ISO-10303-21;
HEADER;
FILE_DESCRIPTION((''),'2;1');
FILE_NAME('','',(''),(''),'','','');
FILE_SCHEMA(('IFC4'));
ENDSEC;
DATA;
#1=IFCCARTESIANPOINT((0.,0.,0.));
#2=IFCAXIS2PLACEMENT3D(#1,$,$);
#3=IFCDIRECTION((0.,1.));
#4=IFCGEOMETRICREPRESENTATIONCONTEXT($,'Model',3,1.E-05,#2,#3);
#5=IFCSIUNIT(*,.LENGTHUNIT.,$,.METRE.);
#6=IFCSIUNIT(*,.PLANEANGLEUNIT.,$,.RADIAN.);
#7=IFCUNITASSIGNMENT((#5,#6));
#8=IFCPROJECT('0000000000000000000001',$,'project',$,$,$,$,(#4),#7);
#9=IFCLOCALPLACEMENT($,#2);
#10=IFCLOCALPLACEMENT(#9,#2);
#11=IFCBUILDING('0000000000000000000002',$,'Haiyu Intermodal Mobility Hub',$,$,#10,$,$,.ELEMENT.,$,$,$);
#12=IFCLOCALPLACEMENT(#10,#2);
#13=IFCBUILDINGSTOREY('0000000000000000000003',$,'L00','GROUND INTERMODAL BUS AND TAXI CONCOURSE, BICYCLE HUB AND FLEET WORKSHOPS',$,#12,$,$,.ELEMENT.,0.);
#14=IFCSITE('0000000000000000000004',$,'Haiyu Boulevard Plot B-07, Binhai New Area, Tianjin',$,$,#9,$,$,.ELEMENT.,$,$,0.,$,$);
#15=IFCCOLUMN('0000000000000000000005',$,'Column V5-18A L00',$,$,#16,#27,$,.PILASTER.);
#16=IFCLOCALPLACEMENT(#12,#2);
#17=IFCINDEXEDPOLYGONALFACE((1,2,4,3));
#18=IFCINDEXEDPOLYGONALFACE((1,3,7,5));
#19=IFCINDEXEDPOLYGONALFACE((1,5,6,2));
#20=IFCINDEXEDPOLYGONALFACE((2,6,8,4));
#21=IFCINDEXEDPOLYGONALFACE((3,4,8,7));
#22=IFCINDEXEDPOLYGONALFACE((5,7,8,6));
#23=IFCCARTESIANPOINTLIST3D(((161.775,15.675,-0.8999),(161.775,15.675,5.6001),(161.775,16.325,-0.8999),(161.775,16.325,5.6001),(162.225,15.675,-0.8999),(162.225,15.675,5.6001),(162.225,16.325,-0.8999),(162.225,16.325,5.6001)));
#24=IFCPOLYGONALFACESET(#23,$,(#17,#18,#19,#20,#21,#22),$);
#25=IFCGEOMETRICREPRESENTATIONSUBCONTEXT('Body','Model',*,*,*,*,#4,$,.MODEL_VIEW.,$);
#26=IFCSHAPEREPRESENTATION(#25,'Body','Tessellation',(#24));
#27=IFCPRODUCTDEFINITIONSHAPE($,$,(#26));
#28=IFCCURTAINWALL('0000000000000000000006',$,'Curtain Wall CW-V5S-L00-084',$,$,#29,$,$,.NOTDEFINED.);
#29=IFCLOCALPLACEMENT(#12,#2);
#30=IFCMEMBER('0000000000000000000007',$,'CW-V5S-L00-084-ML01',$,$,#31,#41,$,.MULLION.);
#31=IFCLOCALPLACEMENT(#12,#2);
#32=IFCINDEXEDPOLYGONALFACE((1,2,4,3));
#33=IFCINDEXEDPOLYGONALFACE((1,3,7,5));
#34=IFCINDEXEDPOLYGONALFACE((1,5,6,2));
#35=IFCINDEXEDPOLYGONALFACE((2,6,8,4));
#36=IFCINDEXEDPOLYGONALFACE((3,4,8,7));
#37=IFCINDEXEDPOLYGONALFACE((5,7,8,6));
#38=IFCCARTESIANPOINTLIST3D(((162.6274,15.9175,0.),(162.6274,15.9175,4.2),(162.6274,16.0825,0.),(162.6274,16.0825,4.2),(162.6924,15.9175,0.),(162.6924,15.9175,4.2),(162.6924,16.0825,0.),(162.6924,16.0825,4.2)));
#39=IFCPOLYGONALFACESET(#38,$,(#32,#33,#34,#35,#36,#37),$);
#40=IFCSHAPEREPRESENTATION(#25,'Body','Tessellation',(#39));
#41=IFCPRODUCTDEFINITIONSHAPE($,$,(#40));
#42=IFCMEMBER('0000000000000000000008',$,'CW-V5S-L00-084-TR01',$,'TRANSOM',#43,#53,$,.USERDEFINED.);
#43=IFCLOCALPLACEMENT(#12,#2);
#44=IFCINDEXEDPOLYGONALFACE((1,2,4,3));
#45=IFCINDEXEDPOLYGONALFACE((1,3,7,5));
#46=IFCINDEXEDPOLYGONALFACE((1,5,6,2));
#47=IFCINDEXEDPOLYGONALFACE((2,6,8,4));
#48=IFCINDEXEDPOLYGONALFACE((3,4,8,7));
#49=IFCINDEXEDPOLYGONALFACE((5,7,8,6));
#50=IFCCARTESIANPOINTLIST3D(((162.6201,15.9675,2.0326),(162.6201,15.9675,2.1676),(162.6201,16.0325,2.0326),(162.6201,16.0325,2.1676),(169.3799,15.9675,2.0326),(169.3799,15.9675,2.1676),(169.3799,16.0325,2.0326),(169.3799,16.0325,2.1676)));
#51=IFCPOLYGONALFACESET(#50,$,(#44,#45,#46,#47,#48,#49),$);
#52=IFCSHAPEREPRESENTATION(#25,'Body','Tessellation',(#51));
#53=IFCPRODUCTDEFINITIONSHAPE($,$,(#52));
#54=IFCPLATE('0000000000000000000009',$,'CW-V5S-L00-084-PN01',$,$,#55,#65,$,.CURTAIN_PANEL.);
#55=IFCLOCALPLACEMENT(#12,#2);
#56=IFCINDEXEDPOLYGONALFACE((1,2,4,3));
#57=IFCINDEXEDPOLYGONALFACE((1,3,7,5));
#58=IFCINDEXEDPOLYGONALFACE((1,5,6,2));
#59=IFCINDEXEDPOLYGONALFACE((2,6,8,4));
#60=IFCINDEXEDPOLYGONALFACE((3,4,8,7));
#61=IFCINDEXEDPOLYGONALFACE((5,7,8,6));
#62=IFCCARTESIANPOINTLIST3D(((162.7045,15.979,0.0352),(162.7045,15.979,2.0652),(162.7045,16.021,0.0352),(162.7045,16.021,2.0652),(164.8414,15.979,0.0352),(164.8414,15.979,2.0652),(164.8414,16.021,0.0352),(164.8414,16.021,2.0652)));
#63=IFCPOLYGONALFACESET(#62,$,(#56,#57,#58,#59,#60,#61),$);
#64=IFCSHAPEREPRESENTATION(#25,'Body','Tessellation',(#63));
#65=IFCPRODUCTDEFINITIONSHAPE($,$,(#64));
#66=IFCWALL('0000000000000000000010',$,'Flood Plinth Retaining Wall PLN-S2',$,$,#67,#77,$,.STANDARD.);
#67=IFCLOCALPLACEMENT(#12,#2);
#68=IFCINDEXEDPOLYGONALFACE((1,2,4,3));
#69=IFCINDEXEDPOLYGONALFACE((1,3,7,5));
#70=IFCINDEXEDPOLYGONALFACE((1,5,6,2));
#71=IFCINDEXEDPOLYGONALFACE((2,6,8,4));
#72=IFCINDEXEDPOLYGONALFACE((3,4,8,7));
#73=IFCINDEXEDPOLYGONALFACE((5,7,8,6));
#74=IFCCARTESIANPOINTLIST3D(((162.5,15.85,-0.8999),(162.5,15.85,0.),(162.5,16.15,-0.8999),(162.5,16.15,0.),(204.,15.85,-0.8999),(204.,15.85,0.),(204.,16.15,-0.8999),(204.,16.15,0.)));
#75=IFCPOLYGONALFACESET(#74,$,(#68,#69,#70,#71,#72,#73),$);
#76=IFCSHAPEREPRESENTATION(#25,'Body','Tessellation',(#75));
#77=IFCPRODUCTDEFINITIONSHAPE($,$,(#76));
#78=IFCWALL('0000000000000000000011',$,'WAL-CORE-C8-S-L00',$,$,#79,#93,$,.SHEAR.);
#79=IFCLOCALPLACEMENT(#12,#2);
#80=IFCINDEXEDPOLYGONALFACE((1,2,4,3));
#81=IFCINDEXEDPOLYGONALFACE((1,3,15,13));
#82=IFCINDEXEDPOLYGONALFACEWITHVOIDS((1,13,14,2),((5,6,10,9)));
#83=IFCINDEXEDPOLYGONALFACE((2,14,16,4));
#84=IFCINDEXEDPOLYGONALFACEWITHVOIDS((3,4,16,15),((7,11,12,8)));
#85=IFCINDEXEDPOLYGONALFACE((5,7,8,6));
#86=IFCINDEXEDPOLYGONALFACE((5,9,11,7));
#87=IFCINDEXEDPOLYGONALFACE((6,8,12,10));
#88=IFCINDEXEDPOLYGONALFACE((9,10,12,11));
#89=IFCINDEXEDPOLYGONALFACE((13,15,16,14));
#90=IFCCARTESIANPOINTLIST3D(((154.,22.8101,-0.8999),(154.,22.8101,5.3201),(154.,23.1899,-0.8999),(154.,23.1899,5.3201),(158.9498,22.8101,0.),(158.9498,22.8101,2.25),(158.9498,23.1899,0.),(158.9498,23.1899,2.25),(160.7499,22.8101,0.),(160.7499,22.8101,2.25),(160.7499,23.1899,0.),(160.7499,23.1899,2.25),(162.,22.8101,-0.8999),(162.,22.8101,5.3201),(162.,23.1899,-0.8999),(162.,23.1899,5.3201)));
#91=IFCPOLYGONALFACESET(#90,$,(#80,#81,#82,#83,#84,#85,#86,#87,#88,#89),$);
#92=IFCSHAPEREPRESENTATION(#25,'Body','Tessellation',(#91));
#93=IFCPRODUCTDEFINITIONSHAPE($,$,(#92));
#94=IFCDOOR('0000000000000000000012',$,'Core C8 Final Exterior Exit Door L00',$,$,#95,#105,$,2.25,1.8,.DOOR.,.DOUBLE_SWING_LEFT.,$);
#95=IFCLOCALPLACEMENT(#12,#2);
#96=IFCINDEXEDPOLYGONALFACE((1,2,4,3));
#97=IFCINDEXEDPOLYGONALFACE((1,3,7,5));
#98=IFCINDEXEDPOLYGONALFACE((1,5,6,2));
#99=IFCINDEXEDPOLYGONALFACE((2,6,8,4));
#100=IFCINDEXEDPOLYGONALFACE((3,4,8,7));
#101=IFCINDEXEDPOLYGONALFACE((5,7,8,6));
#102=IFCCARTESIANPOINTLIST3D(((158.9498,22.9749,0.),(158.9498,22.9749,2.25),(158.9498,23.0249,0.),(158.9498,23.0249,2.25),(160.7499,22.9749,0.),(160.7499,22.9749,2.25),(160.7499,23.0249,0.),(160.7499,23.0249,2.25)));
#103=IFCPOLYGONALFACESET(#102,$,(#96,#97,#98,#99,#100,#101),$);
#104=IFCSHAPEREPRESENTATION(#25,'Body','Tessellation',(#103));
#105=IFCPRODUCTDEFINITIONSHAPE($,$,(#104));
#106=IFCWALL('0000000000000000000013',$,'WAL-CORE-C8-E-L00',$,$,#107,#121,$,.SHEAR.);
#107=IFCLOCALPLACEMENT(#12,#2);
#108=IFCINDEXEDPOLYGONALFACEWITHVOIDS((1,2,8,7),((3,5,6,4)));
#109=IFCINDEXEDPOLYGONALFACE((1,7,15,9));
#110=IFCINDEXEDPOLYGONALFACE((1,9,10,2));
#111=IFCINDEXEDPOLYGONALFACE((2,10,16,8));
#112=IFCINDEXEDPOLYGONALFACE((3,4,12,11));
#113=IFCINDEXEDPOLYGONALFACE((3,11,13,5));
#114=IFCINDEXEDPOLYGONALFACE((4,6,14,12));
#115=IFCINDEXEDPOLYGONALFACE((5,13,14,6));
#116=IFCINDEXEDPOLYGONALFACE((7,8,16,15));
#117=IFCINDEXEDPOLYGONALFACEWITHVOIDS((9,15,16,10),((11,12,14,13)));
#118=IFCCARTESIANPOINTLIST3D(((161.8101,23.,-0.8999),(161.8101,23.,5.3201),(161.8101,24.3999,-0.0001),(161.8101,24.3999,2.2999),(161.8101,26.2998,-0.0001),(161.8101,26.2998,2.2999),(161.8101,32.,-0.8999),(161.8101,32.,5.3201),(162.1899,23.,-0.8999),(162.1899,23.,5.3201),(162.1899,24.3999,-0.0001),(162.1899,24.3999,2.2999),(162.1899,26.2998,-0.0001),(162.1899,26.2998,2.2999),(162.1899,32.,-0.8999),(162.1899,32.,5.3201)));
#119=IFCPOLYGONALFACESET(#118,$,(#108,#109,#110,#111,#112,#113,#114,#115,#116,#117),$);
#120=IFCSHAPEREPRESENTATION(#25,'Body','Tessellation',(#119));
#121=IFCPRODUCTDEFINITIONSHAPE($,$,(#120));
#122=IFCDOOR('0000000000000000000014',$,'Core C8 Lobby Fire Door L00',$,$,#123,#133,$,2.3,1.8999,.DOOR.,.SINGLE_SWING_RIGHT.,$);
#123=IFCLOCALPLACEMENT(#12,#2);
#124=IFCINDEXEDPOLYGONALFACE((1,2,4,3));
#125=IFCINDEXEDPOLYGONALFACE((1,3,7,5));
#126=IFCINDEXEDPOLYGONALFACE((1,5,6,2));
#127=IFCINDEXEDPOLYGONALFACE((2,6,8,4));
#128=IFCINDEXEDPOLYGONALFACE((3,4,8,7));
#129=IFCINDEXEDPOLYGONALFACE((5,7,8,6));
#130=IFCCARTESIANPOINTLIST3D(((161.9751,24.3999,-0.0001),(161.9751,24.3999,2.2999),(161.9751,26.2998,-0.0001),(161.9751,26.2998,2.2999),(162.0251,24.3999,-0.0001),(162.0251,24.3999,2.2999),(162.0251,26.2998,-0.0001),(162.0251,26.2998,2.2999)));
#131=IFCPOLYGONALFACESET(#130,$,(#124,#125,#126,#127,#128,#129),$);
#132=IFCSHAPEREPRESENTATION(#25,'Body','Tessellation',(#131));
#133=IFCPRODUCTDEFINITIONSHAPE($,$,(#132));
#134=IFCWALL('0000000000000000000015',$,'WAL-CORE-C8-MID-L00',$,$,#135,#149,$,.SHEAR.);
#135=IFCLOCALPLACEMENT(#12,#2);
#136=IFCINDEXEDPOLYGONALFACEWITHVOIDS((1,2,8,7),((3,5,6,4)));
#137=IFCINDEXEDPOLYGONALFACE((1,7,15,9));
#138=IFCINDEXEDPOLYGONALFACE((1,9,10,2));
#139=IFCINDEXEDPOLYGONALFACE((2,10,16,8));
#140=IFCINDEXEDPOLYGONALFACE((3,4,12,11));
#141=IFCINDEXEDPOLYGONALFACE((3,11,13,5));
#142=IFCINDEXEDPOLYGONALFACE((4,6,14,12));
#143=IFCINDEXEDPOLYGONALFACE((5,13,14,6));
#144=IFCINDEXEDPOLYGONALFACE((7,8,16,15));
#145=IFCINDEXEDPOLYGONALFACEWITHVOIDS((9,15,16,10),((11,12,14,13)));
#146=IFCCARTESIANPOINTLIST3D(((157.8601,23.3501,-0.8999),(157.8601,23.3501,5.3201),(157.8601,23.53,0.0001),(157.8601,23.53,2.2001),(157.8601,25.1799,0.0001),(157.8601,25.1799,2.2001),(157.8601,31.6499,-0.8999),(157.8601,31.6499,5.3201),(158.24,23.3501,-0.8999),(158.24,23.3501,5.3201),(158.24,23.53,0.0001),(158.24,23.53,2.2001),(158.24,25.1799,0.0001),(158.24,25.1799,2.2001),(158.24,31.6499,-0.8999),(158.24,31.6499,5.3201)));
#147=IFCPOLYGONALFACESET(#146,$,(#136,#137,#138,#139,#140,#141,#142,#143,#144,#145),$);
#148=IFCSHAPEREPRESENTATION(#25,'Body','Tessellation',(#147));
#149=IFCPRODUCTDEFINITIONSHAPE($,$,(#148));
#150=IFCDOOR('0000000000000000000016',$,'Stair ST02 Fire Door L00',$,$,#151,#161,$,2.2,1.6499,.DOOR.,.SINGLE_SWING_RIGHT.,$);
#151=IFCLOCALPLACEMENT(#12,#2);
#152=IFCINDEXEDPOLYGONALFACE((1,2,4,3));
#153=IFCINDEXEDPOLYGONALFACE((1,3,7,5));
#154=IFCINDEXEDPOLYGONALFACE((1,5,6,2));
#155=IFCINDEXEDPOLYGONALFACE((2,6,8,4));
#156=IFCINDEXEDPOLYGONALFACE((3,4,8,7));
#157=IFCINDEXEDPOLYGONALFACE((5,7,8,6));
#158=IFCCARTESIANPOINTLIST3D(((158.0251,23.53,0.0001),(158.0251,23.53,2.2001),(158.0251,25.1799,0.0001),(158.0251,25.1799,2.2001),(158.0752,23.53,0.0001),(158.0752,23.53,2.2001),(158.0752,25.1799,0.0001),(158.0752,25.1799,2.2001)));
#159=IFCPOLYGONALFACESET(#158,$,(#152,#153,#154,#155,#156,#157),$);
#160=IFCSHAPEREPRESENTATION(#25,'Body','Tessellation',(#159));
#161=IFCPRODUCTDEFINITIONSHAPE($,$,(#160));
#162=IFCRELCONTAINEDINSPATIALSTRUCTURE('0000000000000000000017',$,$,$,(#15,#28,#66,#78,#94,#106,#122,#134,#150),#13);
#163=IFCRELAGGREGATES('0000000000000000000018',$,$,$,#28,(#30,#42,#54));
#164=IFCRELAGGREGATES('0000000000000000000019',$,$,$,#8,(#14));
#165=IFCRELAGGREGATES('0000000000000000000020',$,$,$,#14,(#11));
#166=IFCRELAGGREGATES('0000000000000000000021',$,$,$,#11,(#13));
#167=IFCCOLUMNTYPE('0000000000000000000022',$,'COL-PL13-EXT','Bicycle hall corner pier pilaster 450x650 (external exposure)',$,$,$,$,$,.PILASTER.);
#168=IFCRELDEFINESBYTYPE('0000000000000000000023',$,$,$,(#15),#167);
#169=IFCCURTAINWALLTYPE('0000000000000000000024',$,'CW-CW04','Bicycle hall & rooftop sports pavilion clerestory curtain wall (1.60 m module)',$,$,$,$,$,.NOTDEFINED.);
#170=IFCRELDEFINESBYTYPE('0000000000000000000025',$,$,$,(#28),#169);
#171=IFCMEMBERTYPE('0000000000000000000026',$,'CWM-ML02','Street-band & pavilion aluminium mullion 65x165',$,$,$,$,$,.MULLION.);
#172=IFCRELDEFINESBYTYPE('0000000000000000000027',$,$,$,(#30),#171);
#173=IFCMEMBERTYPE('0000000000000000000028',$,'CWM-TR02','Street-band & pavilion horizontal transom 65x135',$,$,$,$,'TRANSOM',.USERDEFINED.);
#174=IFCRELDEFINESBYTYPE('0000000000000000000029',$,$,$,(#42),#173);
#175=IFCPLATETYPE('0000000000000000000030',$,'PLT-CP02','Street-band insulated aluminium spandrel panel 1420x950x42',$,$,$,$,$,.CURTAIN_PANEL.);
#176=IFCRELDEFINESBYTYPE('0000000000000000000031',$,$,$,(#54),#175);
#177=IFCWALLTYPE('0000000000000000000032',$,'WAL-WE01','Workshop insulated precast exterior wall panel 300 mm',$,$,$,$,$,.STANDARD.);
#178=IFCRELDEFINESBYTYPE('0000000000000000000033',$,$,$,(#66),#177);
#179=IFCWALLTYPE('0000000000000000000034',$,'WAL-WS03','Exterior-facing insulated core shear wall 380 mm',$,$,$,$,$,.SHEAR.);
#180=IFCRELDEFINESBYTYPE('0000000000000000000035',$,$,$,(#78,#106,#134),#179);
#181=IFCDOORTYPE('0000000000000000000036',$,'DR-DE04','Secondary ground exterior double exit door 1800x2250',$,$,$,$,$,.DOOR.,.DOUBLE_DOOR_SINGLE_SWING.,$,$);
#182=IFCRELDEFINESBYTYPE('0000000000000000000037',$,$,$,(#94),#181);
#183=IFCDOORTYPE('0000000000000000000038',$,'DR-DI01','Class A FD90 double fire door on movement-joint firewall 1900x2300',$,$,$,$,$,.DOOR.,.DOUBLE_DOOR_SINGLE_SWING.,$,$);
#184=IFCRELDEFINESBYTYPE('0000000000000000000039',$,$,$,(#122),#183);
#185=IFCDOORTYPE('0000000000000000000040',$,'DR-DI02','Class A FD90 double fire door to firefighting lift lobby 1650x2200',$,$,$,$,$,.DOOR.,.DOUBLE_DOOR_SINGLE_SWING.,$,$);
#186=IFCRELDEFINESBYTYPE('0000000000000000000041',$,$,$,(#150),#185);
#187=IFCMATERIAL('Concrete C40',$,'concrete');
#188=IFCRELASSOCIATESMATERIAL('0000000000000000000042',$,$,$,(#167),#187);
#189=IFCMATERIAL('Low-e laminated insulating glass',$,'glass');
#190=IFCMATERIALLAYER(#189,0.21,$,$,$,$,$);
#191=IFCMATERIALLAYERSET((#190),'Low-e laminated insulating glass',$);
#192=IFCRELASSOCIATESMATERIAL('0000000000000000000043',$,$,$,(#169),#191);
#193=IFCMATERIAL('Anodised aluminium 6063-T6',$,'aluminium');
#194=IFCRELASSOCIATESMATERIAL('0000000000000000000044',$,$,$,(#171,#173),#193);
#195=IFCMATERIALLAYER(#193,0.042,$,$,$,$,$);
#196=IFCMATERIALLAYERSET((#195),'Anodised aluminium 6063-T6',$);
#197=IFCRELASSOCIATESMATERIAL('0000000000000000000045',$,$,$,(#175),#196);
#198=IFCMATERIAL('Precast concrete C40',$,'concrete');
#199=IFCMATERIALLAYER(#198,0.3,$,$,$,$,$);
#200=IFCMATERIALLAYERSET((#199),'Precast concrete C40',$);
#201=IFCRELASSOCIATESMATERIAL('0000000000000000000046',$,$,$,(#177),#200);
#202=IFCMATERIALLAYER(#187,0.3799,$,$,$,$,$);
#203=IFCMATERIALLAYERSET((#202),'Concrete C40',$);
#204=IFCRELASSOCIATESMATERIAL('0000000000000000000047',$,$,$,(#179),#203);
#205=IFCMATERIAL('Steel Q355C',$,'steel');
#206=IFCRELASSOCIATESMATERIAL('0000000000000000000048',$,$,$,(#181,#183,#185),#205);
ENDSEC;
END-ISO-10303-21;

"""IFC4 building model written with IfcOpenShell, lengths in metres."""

from ifc_helpers import new_model, si_unit, direction, frame, frame_2d, origin, origin_2d, place, context, subcontext, project, spatial, rectangle, extrude, material, layer, layer_set, material_profile, profile_set, type_object, element, fill, aggregate, save


model = new_model("IFC4")

# Units and contexts
model_context = context("Model", 3, precision=1e-05, world=origin(), true_north=direction((0.0, 1.0)))
body_context = subcontext(model_context, "Body", "Model", "MODEL_VIEW")
ifc_project = project(units=[si_unit("LENGTHUNIT", "METRE"), si_unit("PLANEANGLEUNIT", "RADIAN")], contexts=[model_context])

# Site, building, storey
site_placement = place(None, origin())
site = spatial("IfcSite", under=ifc_project, at=site_placement, Name="Haiyu Boulevard Plot B-07, Binhai New Area, Tianjin", CompositionType="ELEMENT", RefElevation=0.0)
building_placement = place(site_placement, origin())
building = spatial("IfcBuilding", under=site, at=building_placement, Name="Haiyu Intermodal Mobility Hub", CompositionType="ELEMENT")
storey_placement = place(building_placement, origin())
storey = spatial("IfcBuildingStorey", under=building, at=storey_placement, Name="L00", Description="GROUND INTERMODAL BUS AND TAXI CONCOURSE, BICYCLE HUB AND FLEET WORKSHOPS", CompositionType="ELEMENT", Elevation=0.0)

# Shared definitions
ifc_material_1 = material(Name="Concrete C40", Category="concrete")

# Column
ifc_material_profile_1 = material_profile(ifc_material_1, rectangle(XDim=0.45, YDim=0.6499, at=origin_2d()), Name="C450x650")
ifc_profile_set_1 = profile_set([ifc_material_profile_1], Name="Concrete C40")
column_type_1 = type_object("IfcColumnType", Name="COL-PL13-EXT", Description="Bicycle hall corner pier pilaster 450x650 (external exposure)", PredefinedType="PILASTER", material=ifc_profile_set_1)
column_1_placement = place(storey_placement, frame((162.0, 16.0, -0.8999), z_axis=(0.0, 0.0, 1.0), x_axis=(1.0, 0.0, 0.0)))
element("IfcColumn", 1, at=column_1_placement, inside=storey, type_object=column_type_1, Name="Column V5-18A L00", PredefinedType="PILASTER", context=body_context, shape_type="SweptSolid", body=[
    extrude(rectangle(XDim=0.45, YDim=0.6499, at=origin_2d()), origin(), (0.0, 0.0, 1.0), 6.5),
])

# Curtain wall, members, plate
ifc_material_2 = material(Name="Low-e laminated insulating glass", Category="glass")
ifc_layer_1 = layer(ifc_material_2, 0.21)
ifc_layer_set_1 = layer_set([ifc_layer_1], Name="Low-e laminated insulating glass")
curtain_wall_type = type_object("IfcCurtainWallType", Name="CW-CW04", Description="Bicycle hall & rooftop sports pavilion clerestory curtain wall (1.60 m module)", PredefinedType="NOTDEFINED", material=ifc_layer_set_1)
curtain_wall_placement = place(storey_placement, origin())
curtain_wall = element("IfcCurtainWall", 2, at=curtain_wall_placement, inside=storey, type_object=curtain_wall_type, Name="Curtain Wall CW-V5S-L00-084", PredefinedType="NOTDEFINED")
ifc_material_3 = material(Name="Anodised aluminium 6063-T6", Category="aluminium")
ifc_material_profile_2 = material_profile(ifc_material_3, rectangle(XDim=0.0649, YDim=0.165, at=origin_2d()), Name="ALU65x165")
ifc_profile_set_2 = profile_set([ifc_material_profile_2], Name="Anodised aluminium 6063-T6")
member_type_1 = type_object("IfcMemberType", Name="CWM-ML02", Description="Street-band & pavilion aluminium mullion 65x165", PredefinedType="MULLION", material=ifc_profile_set_2)
member_1_placement = place(storey_placement, frame((162.6599, 16.0, 0.0), z_axis=(0.0, 0.0, 1.0), x_axis=(1.0, 0.0, 0.0)))
member_1 = element("IfcMember", 3, at=member_1_placement, type_object=member_type_1, Name="CW-V5S-L00-084-ML01", PredefinedType="MULLION", context=body_context, shape_type="SweptSolid", body=[
    extrude(rectangle(XDim=0.0649, YDim=0.165, at=origin_2d()), origin(), (0.0, 0.0, 1.0), 4.2),
])
ifc_material_profile_3 = material_profile(ifc_material_3, rectangle(XDim=0.0649, YDim=0.135, at=origin_2d()), Name="ALU65x135")
ifc_profile_set_3 = profile_set([ifc_material_profile_3], Name="Anodised aluminium 6063-T6")
member_type_2 = type_object("IfcMemberType", Name="CWM-TR02", Description="Street-band & pavilion horizontal transom 65x135", ElementType="TRANSOM", PredefinedType="USERDEFINED", material=ifc_profile_set_3)
member_2_placement = place(storey_placement, frame((162.6201, 16.0, 2.1001), z_axis=(1.0, 0.0, 0.0), x_axis=(0.0, 1.0, 0.0)))
member_2 = element("IfcMember", 4, at=member_2_placement, type_object=member_type_2, Name="CW-V5S-L00-084-TR01", ObjectType="TRANSOM", PredefinedType="USERDEFINED", context=body_context, shape_type="SweptSolid", body=[
    extrude(rectangle(XDim=0.0649, YDim=0.135, at=origin_2d()), origin(), (0.0, 0.0, 1.0), 6.7598),
])
ifc_layer_2 = layer(ifc_material_3, 0.042)
ifc_layer_set_2 = layer_set([ifc_layer_2], Name="Anodised aluminium 6063-T6")
plate_type = type_object("IfcPlateType", Name="PLT-CP02", Description="Street-band insulated aluminium spandrel panel 1420x950x42", PredefinedType="CURTAIN_PANEL", material=ifc_layer_set_2)
plate_placement = place(storey_placement, frame((163.7729, 16.0, 0.0352), z_axis=(0.0, 0.0, 1.0), x_axis=(1.0, 0.0, 0.0)))
plate = element("IfcPlate", 5, at=plate_placement, type_object=plate_type, Name="CW-V5S-L00-084-PN01", PredefinedType="CURTAIN_PANEL", context=body_context, shape_type="SweptSolid", body=[
    extrude(rectangle(XDim=2.137, YDim=0.042, at=origin_2d()), origin(), (0.0, 0.0, 1.0), 2.03),
])
aggregate(curtain_wall, [member_1, member_2, plate])

# Wall
ifc_material_4 = material(Name="Precast concrete C40", Category="concrete")
ifc_layer_3 = layer(ifc_material_4, 0.3)
ifc_layer_set_3 = layer_set([ifc_layer_3], Name="Precast concrete C40")
wall_type_1 = type_object("IfcWallType", Name="WAL-WE01", Description="Workshop insulated precast exterior wall panel 300 mm", PredefinedType="STANDARD", material=ifc_layer_set_3)
wall_1_placement = place(storey_placement, frame((162.5, 16.0, -0.8999), z_axis=(0.0, 0.0, 1.0), x_axis=(1.0, 0.0, 0.0)))
element("IfcWall", 6, at=wall_1_placement, inside=storey, type_object=wall_type_1, Name="Flood Plinth Retaining Wall PLN-S2", PredefinedType="STANDARD", context=body_context, shape_type="SweptSolid", body=[
    extrude(rectangle(XDim=41.5, YDim=0.3, at=frame_2d((20.75, 0.0))), origin(), (0.0, 0.0, 1.0), 0.8999),
])

# Walls, openings, doors
ifc_layer_4 = layer(ifc_material_1, 0.3799)
ifc_layer_set_4 = layer_set([ifc_layer_4], Name="Concrete C40")
wall_type_2 = type_object("IfcWallType", Name="WAL-WS03", Description="Exterior-facing insulated core shear wall 380 mm", PredefinedType="SHEAR", material=ifc_layer_set_4)
wall_2_placement = place(storey_placement, frame((154.0, 23.0, -0.8999), z_axis=(0.0, 0.0, 1.0), x_axis=(1.0, 0.0, 0.0)))
wall_2 = element("IfcWall", 7, at=wall_2_placement, inside=storey, type_object=wall_type_2, Name="WAL-CORE-C8-S-L00", PredefinedType="SHEAR", context=body_context, shape_type="SweptSolid", body=[
    extrude(rectangle(XDim=8.0, YDim=0.3799, at=frame_2d((4.0, 0.0))), origin(), (0.0, 0.0, 1.0), 6.22),
])
opening_1_placement = place(wall_2_placement, frame((4.95, 0.0, 0.8999)))
opening_1 = element("IfcOpeningElement", 8, at=opening_1_placement, cuts=wall_2, PredefinedType="OPENING", context=body_context, shape_type="SweptSolid", body=[
    extrude(rectangle(XDim=1.8, YDim=2.25, at=frame_2d((0.8999, 1.125))), frame((0.0, 0.2, 0.0), z_axis=(0.0, -1.0, 0.0), x_axis=(1.0, 0.0, 0.0)), (0.0, 0.0, 1.0), 0.3999),
])
ifc_material_5 = material(Name="Steel Q355C", Category="steel")
door_type_1 = type_object("IfcDoorType", Name="DR-DE04", Description="Secondary ground exterior double exit door 1800x2250", OperationType="DOUBLE_DOOR_SINGLE_SWING", PredefinedType="DOOR", material=ifc_material_5)
door_1_placement = place(opening_1_placement, origin())
door_1 = element("IfcDoor", 9, at=door_1_placement, inside=storey, type_object=door_type_1, Name="Core C8 Final Exterior Exit Door L00", OperationType="DOUBLE_SWING_LEFT", OverallHeight=2.25, OverallWidth=1.8, PredefinedType="DOOR", context=body_context, shape_type="SweptSolid", body=[
    extrude(rectangle(XDim=1.8, YDim=2.25, at=frame_2d((0.8999, 1.125))), frame((0.0, 0.0249, 0.0), z_axis=(0.0, -1.0, 0.0), x_axis=(1.0, 0.0, 0.0)), (0.0, 0.0, 1.0), 0.05),
])
fill(opening_1, door_1)
wall_3_placement = place(storey_placement, frame((162.0, 23.0, -0.8999), z_axis=(0.0, 0.0, 1.0), x_axis=(0.0, 1.0, 0.0)))
wall_3 = element("IfcWall", 10, at=wall_3_placement, inside=storey, type_object=wall_type_2, Name="WAL-CORE-C8-E-L00", PredefinedType="SHEAR", context=body_context, shape_type="SweptSolid", body=[
    extrude(rectangle(XDim=9.0, YDim=0.3799, at=frame_2d((4.5, 0.0))), origin(), (0.0, 0.0, 1.0), 6.22),
])
opening_2_placement = place(wall_3_placement, frame((1.3999, 0.0, 0.8999)))
opening_2 = element("IfcOpeningElement", 11, at=opening_2_placement, cuts=wall_3, PredefinedType="OPENING", context=body_context, shape_type="SweptSolid", body=[
    extrude(rectangle(XDim=1.8999, YDim=2.3, at=frame_2d((0.95, 1.1499))), frame((0.0, 0.2, 0.0), z_axis=(0.0, -1.0, 0.0), x_axis=(1.0, 0.0, 0.0)), (0.0, 0.0, 1.0), 0.3999),
])
door_type_2 = type_object("IfcDoorType", Name="DR-DI01", Description="Class A FD90 double fire door on movement-joint firewall 1900x2300", OperationType="DOUBLE_DOOR_SINGLE_SWING", PredefinedType="DOOR", material=ifc_material_5)
door_2_placement = place(opening_2_placement, origin())
door_2 = element("IfcDoor", 12, at=door_2_placement, inside=storey, type_object=door_type_2, Name="Core C8 Lobby Fire Door L00", OperationType="SINGLE_SWING_RIGHT", OverallHeight=2.3, OverallWidth=1.8999, PredefinedType="DOOR", context=body_context, shape_type="SweptSolid", body=[
    extrude(rectangle(XDim=1.8999, YDim=2.3, at=frame_2d((0.95, 1.1499))), frame((0.0, 0.0249, 0.0), z_axis=(0.0, -1.0, 0.0), x_axis=(1.0, 0.0, 0.0)), (0.0, 0.0, 1.0), 0.05),
])
fill(opening_2, door_2)
wall_4_placement = place(storey_placement, frame((158.05, 23.3501, -0.8999), z_axis=(0.0, 0.0, 1.0), x_axis=(0.0, 1.0, 0.0)))
wall_4 = element("IfcWall", 13, at=wall_4_placement, inside=storey, type_object=wall_type_2, Name="WAL-CORE-C8-MID-L00", PredefinedType="SHEAR", context=body_context, shape_type="SweptSolid", body=[
    extrude(rectangle(XDim=8.2998, YDim=0.3799, at=frame_2d((4.1499, 0.0))), origin(), (0.0, 0.0, 1.0), 6.22),
])
opening_3_placement = place(wall_4_placement, frame((0.1799, 0.0, 0.8999)))
opening_3 = element("IfcOpeningElement", 14, at=opening_3_placement, cuts=wall_4, PredefinedType="OPENING", context=body_context, shape_type="SweptSolid", body=[
    extrude(rectangle(XDim=1.6499, YDim=2.2, at=frame_2d((0.825, 1.1001))), frame((0.0, 0.2, 0.0), z_axis=(0.0, -1.0, 0.0), x_axis=(1.0, 0.0, 0.0)), (0.0, 0.0, 1.0), 0.3999),
])
door_type_3 = type_object("IfcDoorType", Name="DR-DI02", Description="Class A FD90 double fire door to firefighting lift lobby 1650x2200", OperationType="DOUBLE_DOOR_SINGLE_SWING", PredefinedType="DOOR", material=ifc_material_5)
door_3_placement = place(opening_3_placement, origin())
door_3 = element("IfcDoor", 15, at=door_3_placement, inside=storey, type_object=door_type_3, Name="Stair ST02 Fire Door L00", OperationType="SINGLE_SWING_RIGHT", OverallHeight=2.2, OverallWidth=1.6499, PredefinedType="DOOR", context=body_context, shape_type="SweptSolid", body=[
    extrude(rectangle(XDim=1.6499, YDim=2.2, at=frame_2d((0.825, 1.1001))), frame((0.0, 0.0249, 0.0), z_axis=(0.0, -1.0, 0.0), x_axis=(1.0, 0.0, 0.0)), (0.0, 0.0, 1.0), 0.05),
])
fill(opening_3, door_3)

save(model, "model.ifc")
